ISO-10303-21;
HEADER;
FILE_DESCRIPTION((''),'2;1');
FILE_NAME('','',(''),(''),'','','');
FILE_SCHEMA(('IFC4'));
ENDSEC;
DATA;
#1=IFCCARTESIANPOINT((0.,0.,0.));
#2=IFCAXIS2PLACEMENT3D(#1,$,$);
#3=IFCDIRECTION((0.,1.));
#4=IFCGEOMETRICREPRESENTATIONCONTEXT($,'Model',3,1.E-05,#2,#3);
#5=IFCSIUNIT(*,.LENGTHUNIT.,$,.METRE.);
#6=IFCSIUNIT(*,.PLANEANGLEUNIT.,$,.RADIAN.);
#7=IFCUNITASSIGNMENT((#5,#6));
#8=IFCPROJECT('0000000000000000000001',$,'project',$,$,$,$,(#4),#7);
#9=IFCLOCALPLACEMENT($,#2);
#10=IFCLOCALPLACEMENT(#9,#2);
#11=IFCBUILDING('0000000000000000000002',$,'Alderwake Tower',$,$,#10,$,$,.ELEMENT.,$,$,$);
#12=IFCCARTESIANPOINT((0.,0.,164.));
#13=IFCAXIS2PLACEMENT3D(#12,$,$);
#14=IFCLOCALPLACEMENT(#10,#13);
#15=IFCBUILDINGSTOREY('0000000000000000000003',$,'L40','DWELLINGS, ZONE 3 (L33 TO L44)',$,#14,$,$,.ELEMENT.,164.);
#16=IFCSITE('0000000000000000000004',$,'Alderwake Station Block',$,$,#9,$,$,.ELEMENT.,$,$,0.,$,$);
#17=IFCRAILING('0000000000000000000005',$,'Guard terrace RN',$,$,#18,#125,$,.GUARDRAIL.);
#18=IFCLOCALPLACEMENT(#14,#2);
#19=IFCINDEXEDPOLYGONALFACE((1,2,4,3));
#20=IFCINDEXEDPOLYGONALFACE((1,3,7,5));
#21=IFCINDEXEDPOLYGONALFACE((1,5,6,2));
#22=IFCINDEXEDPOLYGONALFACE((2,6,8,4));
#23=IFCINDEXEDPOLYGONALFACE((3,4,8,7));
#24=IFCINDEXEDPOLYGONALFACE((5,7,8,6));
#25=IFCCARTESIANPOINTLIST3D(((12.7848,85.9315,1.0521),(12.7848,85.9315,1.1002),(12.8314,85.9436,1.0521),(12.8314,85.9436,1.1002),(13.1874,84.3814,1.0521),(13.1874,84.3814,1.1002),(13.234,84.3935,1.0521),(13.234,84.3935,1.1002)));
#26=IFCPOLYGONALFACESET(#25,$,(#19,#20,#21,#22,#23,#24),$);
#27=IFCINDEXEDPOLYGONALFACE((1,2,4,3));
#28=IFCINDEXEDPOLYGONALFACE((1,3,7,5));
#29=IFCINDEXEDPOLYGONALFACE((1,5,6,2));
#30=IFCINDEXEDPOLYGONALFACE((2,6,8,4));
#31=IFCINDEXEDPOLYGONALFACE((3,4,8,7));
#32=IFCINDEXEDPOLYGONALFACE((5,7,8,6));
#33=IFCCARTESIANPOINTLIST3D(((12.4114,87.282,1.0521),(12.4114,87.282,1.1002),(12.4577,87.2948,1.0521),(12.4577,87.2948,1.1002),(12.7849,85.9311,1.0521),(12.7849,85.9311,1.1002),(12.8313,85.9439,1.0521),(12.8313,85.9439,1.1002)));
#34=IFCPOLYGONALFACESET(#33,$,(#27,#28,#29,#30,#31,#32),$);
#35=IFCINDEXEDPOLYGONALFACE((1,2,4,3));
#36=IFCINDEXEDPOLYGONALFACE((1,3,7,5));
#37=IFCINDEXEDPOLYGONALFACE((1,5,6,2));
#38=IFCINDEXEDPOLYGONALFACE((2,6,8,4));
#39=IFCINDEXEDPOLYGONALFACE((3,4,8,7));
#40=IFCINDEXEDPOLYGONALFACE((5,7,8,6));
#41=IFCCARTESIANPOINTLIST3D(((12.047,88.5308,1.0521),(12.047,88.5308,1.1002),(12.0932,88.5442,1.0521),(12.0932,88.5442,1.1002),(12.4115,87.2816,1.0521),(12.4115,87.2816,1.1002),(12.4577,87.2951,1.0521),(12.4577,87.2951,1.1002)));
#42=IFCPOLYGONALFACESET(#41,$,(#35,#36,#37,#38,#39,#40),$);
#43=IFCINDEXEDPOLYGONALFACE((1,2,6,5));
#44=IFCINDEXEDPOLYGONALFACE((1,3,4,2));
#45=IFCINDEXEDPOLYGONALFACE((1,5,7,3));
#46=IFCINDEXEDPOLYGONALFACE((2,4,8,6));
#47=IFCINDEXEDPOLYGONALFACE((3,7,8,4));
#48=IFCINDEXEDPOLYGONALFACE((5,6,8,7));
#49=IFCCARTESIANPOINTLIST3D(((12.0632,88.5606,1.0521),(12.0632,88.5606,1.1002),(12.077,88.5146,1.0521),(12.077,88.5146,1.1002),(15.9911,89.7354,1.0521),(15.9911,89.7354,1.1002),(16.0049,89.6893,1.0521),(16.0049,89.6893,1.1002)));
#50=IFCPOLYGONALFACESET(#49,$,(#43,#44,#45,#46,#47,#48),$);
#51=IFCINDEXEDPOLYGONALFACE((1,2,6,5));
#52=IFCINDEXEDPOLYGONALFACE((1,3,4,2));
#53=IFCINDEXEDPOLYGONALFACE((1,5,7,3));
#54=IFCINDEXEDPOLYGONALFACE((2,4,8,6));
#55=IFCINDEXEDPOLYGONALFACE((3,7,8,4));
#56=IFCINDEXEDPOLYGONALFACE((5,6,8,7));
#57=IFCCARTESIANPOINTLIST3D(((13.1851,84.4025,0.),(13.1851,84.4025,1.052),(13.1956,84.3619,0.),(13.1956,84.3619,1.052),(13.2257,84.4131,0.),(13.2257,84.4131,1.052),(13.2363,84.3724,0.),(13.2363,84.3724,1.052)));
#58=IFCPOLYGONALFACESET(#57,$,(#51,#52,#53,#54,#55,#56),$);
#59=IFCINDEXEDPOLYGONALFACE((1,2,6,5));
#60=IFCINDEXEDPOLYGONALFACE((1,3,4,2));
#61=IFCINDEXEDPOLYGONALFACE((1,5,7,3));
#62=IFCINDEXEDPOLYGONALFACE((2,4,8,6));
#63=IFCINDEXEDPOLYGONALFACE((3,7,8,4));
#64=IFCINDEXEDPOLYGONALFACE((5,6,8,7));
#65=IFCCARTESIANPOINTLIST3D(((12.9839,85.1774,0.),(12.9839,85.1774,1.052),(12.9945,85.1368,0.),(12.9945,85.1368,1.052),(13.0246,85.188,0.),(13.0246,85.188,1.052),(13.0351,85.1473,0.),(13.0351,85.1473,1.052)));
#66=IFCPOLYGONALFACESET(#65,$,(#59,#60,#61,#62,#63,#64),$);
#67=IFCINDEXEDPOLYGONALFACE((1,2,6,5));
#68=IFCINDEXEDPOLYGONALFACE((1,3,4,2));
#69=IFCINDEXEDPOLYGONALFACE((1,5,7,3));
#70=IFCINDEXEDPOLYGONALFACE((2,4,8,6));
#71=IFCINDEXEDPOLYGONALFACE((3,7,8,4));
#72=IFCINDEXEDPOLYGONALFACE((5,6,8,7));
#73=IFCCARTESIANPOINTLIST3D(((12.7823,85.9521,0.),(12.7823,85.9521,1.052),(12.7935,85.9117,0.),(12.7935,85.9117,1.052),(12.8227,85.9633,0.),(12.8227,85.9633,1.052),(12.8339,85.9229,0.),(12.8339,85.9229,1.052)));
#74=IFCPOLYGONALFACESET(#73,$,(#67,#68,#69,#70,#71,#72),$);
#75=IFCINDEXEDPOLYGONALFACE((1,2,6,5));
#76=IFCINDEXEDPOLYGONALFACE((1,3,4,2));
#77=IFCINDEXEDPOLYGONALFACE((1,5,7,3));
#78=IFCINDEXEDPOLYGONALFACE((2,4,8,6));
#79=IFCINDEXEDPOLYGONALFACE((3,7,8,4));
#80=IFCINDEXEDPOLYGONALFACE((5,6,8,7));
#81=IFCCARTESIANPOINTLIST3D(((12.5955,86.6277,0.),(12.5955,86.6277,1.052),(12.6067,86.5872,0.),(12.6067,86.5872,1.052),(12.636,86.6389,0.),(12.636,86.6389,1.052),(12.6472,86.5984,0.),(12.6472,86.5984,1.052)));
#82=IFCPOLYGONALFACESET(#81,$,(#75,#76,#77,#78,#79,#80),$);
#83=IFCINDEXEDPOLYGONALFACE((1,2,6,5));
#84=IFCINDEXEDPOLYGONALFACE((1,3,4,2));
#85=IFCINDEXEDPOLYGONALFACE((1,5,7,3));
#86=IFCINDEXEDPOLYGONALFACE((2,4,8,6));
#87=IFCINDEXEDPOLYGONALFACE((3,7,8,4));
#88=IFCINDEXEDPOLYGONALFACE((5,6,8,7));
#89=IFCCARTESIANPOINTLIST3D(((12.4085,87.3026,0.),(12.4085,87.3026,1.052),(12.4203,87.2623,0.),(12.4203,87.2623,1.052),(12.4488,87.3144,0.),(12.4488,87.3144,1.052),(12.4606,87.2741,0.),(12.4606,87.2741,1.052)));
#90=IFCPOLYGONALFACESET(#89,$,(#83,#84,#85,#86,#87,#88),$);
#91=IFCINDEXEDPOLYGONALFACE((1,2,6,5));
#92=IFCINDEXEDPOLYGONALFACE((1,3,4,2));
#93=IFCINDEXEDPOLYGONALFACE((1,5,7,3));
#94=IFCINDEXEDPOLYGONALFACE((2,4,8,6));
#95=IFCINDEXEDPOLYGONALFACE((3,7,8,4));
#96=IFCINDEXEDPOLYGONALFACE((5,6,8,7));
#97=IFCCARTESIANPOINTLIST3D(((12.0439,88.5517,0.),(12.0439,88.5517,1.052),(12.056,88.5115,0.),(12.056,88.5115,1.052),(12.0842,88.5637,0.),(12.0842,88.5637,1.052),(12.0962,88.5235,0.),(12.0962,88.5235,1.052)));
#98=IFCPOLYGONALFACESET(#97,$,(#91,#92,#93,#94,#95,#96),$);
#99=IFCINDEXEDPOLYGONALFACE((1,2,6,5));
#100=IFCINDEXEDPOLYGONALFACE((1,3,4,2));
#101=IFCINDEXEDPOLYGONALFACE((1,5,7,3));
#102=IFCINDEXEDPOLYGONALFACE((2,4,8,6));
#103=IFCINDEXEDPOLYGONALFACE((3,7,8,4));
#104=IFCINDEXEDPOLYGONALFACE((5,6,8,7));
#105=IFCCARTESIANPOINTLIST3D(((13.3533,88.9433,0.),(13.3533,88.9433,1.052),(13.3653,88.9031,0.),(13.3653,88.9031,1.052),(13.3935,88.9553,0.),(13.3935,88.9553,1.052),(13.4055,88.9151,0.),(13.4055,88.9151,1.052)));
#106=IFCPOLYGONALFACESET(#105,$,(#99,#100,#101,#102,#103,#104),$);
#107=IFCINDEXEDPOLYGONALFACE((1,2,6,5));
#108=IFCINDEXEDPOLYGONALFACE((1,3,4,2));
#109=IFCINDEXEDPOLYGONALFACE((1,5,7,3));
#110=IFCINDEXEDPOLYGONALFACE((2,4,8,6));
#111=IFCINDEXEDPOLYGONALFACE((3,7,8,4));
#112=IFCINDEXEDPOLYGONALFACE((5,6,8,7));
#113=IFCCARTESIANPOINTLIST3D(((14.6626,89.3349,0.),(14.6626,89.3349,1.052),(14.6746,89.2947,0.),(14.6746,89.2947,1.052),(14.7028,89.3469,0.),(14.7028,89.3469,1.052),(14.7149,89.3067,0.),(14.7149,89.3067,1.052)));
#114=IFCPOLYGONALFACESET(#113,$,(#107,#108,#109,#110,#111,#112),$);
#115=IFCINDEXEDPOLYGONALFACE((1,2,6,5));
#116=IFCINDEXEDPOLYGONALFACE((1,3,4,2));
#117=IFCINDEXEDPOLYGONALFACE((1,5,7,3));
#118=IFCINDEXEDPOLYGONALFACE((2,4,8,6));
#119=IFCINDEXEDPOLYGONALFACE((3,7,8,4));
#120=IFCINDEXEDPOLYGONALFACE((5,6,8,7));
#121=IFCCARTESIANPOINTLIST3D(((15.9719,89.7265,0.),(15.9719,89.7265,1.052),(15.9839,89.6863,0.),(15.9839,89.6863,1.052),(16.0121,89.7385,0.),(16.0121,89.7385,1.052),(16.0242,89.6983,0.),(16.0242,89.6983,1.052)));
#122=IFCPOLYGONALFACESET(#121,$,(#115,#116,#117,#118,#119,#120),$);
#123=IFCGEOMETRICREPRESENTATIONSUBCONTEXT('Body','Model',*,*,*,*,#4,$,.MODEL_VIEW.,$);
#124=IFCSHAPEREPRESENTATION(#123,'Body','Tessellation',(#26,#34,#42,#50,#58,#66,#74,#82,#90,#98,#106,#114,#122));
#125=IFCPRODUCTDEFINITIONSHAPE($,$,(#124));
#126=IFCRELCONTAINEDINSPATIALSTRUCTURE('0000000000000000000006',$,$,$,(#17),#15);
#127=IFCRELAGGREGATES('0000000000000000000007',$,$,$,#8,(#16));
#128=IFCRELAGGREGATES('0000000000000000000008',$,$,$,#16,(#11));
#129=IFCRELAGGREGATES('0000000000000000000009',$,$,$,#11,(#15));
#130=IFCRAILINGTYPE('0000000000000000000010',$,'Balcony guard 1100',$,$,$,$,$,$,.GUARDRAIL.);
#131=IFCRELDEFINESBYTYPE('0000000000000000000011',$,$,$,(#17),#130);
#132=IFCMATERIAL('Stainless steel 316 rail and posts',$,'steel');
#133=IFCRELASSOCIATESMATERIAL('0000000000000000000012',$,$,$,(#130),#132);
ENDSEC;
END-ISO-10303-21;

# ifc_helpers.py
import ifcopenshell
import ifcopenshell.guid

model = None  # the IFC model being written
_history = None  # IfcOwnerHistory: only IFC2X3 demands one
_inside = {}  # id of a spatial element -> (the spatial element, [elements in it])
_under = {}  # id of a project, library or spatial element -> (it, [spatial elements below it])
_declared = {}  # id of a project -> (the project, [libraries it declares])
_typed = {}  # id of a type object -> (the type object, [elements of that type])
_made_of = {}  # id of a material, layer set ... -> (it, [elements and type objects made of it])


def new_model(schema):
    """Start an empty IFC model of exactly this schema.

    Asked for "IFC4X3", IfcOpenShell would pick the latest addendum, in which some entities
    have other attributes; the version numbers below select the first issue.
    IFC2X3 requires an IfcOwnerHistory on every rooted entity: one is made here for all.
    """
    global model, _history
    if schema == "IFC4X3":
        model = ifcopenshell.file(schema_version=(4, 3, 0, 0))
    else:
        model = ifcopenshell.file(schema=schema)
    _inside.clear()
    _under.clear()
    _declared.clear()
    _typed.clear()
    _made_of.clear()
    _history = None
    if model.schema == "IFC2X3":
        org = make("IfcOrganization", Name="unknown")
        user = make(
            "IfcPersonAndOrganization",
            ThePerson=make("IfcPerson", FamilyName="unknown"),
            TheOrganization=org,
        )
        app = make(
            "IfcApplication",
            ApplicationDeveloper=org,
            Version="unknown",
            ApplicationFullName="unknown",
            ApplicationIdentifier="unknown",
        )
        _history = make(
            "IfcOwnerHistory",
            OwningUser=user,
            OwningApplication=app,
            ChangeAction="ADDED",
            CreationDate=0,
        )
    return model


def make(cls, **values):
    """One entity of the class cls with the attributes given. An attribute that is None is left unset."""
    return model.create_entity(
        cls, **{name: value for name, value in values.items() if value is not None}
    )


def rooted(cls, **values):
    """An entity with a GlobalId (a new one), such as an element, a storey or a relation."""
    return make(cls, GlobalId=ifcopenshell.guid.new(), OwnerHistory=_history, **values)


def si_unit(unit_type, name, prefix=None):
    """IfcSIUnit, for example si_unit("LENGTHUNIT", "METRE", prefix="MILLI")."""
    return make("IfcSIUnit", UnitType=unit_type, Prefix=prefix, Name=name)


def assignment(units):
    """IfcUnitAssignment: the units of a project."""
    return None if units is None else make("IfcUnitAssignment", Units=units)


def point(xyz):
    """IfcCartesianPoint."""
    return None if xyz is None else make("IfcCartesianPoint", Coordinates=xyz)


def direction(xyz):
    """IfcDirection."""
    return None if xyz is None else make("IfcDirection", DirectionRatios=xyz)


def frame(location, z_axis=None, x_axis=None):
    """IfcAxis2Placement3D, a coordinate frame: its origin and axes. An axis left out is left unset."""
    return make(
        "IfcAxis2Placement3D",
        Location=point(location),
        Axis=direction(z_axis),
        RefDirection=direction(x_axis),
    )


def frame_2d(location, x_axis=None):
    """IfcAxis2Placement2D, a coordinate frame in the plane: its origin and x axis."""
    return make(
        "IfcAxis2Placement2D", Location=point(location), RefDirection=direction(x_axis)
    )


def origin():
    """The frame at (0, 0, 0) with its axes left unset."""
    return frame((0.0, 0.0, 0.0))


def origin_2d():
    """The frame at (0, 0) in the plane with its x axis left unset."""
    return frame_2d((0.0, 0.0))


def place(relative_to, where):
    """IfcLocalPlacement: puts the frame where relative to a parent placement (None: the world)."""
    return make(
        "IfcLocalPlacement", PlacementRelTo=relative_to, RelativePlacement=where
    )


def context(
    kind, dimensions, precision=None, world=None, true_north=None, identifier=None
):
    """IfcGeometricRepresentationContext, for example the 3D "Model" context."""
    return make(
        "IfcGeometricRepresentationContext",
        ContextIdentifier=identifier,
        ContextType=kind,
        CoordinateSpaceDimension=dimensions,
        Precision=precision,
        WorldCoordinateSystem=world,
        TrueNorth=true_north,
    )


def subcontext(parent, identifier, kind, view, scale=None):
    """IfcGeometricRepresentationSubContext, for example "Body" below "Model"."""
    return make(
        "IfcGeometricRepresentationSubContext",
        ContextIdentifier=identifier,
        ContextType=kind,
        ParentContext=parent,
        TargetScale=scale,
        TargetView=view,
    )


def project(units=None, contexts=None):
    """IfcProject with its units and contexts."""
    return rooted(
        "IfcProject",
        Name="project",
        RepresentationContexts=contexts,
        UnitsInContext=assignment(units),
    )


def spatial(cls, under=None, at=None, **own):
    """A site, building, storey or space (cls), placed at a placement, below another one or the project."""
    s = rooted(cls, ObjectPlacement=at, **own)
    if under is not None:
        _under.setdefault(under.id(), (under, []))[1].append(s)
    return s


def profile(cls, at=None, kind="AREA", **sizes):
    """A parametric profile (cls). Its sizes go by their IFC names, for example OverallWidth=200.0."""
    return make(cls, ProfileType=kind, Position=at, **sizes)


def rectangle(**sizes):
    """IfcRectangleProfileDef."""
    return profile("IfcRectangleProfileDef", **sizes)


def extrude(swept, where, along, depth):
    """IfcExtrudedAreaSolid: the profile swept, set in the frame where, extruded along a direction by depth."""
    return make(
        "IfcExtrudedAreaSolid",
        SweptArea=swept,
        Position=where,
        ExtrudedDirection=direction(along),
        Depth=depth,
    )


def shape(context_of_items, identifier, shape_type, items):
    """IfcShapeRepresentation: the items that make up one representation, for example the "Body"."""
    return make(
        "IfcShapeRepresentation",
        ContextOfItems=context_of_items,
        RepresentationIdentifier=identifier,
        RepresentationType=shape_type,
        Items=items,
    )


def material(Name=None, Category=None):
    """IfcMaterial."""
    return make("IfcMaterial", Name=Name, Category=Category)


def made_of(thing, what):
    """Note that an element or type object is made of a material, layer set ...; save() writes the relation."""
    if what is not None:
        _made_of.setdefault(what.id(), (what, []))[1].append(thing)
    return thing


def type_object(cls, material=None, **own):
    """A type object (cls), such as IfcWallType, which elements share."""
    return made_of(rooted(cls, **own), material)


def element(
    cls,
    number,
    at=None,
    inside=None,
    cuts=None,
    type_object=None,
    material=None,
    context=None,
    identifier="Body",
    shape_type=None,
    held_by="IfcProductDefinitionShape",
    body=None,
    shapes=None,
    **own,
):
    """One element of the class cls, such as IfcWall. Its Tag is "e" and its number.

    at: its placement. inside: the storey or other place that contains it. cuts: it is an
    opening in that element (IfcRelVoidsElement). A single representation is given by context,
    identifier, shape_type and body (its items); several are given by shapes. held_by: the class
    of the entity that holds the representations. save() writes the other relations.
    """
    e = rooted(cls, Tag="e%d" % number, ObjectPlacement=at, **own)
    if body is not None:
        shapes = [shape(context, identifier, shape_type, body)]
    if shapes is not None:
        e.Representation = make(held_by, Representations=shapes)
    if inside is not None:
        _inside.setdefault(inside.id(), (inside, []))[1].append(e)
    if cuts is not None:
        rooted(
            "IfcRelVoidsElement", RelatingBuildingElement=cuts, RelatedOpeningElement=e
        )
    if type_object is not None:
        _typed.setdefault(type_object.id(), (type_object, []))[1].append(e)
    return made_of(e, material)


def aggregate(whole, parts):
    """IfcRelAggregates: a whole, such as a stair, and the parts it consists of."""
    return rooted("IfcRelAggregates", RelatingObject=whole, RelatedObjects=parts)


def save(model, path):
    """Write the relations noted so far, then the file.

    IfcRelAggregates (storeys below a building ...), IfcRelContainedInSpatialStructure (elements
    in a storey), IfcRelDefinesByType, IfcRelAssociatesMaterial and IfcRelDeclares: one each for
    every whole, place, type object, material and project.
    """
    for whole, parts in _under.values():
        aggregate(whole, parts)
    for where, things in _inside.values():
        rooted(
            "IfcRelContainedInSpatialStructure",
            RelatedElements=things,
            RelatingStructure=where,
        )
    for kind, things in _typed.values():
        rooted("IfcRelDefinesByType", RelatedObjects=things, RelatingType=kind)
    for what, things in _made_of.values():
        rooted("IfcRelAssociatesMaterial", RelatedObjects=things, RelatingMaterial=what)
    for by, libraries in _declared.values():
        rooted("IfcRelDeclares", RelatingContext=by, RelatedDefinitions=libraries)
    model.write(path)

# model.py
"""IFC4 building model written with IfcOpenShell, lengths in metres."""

from ifc_helpers import new_model, si_unit, direction, frame, origin, origin_2d, place, context, subcontext, project, spatial, rectangle, extrude, material, type_object, element, save


model = new_model("IFC4")

# Units and contexts
model_context = context("Model", 3, precision=1e-05, world=origin(), true_north=direction((0.0, 1.0)))
body_context = subcontext(model_context, "Body", "Model", "MODEL_VIEW")
ifc_project = project(units=[si_unit("LENGTHUNIT", "METRE"), si_unit("PLANEANGLEUNIT", "RADIAN")], contexts=[model_context])

# Site, building, storey
site_placement = place(None, origin())
site = spatial("IfcSite", under=ifc_project, at=site_placement, Name="Alderwake Station Block", CompositionType="ELEMENT", RefElevation=0.0)
building_placement = place(site_placement, origin())
building = spatial("IfcBuilding", under=site, at=building_placement, Name="Alderwake Tower", CompositionType="ELEMENT")
storey_placement = place(building_placement, frame((0.0, 0.0, 164.0)))
storey = spatial("IfcBuildingStorey", under=building, at=storey_placement, Name="L40", Description="DWELLINGS, ZONE 3 (L33 TO L44)", CompositionType="ELEMENT", Elevation=164.0)

# Railing
ifc_material_1 = material(Name="Stainless steel 316 rail and posts", Category="steel")
railing_type = type_object("IfcRailingType", Name="Balcony guard 1100", PredefinedType="GUARDRAIL", material=ifc_material_1)
railing_placement = place(storey_placement, frame((13.2107, 84.3875, 0.0)))
element("IfcRailing", 1, at=railing_placement, inside=storey, type_object=railing_type, Name="Guard terrace RN", PredefinedType="GUARDRAIL", context=body_context, shape_type="SweptSolid", body=[
    extrude(rectangle(XDim=0.0481, YDim=0.0481, at=origin_2d()), frame((0.0, 0.0, 1.0762), z_axis=(-0.251385, 0.967887, 0.0), x_axis=(-0.967887, -0.251385, 0.0)), (0.0, 0.0, 1.0), 1.6016),
    extrude(rectangle(XDim=0.0481, YDim=0.0481, at=origin_2d()), frame((-0.4026, 1.55, 1.0762), z_axis=(-0.266521, 0.963829, 0.0), x_axis=(-0.963829, -0.266521, 0.0)), (0.0, 0.0, 1.0), 1.4016),
    extrude(rectangle(XDim=0.0481, YDim=0.0481, at=origin_2d()), frame((-0.7761, 2.9009, 1.0762), z_axis=(-0.280094, 0.959973, 0.0), x_axis=(-0.959973, -0.280094, 0.0)), (0.0, 0.0, 1.0), 1.3013),
    extrude(rectangle(XDim=0.0481, YDim=0.0481, at=origin_2d()), frame((-1.1406, 4.1501, 1.0762), z_axis=(0.958067, 0.286545, 0.0), x_axis=(-0.286545, 0.958067, 0.0)), (0.0, 0.0, 1.0), 4.0999),
    extrude(rectangle(XDim=0.042, YDim=0.042, at=origin_2d()), frame((0.0, 0.0, 0.0), z_axis=(0.0, 0.0, 1.0), x_axis=(-0.251385, 0.967887, 0.0)), (0.0, 0.0, 1.0), 1.052),
    extrude(rectangle(XDim=0.042, YDim=0.042, at=origin_2d()), frame((-0.2012, 0.7749, 0.0), z_axis=(0.0, 0.0, 1.0), x_axis=(-0.251385, 0.967887, 0.0)), (0.0, 0.0, 1.0), 1.052),
    extrude(rectangle(XDim=0.042, YDim=0.042, at=origin_2d()), frame((-0.4026, 1.55, 0.0), z_axis=(0.0, 0.0, 1.0), x_axis=(-0.266521, 0.963829, 0.0)), (0.0, 0.0, 1.0), 1.052),
    extrude(rectangle(XDim=0.042, YDim=0.042, at=origin_2d()), frame((-0.5894, 2.2256, 0.0), z_axis=(0.0, 0.0, 1.0), x_axis=(-0.266521, 0.963829, 0.0)), (0.0, 0.0, 1.0), 1.052),
    extrude(rectangle(XDim=0.042, YDim=0.042, at=origin_2d()), frame((-0.7761, 2.9009, 0.0), z_axis=(0.0, 0.0, 1.0), x_axis=(-0.280094, 0.959973, 0.0)), (0.0, 0.0, 1.0), 1.052),
    extrude(rectangle(XDim=0.042, YDim=0.042, at=origin_2d()), frame((-1.1406, 4.1501, 0.0), z_axis=(0.0, 0.0, 1.0), x_axis=(0.958067, 0.286545, 0.0)), (0.0, 0.0, 1.0), 1.052),
    extrude(rectangle(XDim=0.042, YDim=0.042, at=origin_2d()), frame((0.1687, 4.5417, 0.0), z_axis=(0.0, 0.0, 1.0), x_axis=(0.958067, 0.286545, 0.0)), (0.0, 0.0, 1.0), 1.052),
    extrude(rectangle(XDim=0.042, YDim=0.042, at=origin_2d()), frame((1.478, 4.9333, 0.0), z_axis=(0.0, 0.0, 1.0), x_axis=(0.958067, 0.286545, 0.0)), (0.0, 0.0, 1.0), 1.052),
    extrude(rectangle(XDim=0.042, YDim=0.042, at=origin_2d()), frame((2.7874, 5.325, 0.0), z_axis=(0.0, 0.0, 1.0), x_axis=(0.958067, 0.286545, 0.0)), (0.0, 0.0, 1.0), 1.052),
])

save(model, "model.ifc")
